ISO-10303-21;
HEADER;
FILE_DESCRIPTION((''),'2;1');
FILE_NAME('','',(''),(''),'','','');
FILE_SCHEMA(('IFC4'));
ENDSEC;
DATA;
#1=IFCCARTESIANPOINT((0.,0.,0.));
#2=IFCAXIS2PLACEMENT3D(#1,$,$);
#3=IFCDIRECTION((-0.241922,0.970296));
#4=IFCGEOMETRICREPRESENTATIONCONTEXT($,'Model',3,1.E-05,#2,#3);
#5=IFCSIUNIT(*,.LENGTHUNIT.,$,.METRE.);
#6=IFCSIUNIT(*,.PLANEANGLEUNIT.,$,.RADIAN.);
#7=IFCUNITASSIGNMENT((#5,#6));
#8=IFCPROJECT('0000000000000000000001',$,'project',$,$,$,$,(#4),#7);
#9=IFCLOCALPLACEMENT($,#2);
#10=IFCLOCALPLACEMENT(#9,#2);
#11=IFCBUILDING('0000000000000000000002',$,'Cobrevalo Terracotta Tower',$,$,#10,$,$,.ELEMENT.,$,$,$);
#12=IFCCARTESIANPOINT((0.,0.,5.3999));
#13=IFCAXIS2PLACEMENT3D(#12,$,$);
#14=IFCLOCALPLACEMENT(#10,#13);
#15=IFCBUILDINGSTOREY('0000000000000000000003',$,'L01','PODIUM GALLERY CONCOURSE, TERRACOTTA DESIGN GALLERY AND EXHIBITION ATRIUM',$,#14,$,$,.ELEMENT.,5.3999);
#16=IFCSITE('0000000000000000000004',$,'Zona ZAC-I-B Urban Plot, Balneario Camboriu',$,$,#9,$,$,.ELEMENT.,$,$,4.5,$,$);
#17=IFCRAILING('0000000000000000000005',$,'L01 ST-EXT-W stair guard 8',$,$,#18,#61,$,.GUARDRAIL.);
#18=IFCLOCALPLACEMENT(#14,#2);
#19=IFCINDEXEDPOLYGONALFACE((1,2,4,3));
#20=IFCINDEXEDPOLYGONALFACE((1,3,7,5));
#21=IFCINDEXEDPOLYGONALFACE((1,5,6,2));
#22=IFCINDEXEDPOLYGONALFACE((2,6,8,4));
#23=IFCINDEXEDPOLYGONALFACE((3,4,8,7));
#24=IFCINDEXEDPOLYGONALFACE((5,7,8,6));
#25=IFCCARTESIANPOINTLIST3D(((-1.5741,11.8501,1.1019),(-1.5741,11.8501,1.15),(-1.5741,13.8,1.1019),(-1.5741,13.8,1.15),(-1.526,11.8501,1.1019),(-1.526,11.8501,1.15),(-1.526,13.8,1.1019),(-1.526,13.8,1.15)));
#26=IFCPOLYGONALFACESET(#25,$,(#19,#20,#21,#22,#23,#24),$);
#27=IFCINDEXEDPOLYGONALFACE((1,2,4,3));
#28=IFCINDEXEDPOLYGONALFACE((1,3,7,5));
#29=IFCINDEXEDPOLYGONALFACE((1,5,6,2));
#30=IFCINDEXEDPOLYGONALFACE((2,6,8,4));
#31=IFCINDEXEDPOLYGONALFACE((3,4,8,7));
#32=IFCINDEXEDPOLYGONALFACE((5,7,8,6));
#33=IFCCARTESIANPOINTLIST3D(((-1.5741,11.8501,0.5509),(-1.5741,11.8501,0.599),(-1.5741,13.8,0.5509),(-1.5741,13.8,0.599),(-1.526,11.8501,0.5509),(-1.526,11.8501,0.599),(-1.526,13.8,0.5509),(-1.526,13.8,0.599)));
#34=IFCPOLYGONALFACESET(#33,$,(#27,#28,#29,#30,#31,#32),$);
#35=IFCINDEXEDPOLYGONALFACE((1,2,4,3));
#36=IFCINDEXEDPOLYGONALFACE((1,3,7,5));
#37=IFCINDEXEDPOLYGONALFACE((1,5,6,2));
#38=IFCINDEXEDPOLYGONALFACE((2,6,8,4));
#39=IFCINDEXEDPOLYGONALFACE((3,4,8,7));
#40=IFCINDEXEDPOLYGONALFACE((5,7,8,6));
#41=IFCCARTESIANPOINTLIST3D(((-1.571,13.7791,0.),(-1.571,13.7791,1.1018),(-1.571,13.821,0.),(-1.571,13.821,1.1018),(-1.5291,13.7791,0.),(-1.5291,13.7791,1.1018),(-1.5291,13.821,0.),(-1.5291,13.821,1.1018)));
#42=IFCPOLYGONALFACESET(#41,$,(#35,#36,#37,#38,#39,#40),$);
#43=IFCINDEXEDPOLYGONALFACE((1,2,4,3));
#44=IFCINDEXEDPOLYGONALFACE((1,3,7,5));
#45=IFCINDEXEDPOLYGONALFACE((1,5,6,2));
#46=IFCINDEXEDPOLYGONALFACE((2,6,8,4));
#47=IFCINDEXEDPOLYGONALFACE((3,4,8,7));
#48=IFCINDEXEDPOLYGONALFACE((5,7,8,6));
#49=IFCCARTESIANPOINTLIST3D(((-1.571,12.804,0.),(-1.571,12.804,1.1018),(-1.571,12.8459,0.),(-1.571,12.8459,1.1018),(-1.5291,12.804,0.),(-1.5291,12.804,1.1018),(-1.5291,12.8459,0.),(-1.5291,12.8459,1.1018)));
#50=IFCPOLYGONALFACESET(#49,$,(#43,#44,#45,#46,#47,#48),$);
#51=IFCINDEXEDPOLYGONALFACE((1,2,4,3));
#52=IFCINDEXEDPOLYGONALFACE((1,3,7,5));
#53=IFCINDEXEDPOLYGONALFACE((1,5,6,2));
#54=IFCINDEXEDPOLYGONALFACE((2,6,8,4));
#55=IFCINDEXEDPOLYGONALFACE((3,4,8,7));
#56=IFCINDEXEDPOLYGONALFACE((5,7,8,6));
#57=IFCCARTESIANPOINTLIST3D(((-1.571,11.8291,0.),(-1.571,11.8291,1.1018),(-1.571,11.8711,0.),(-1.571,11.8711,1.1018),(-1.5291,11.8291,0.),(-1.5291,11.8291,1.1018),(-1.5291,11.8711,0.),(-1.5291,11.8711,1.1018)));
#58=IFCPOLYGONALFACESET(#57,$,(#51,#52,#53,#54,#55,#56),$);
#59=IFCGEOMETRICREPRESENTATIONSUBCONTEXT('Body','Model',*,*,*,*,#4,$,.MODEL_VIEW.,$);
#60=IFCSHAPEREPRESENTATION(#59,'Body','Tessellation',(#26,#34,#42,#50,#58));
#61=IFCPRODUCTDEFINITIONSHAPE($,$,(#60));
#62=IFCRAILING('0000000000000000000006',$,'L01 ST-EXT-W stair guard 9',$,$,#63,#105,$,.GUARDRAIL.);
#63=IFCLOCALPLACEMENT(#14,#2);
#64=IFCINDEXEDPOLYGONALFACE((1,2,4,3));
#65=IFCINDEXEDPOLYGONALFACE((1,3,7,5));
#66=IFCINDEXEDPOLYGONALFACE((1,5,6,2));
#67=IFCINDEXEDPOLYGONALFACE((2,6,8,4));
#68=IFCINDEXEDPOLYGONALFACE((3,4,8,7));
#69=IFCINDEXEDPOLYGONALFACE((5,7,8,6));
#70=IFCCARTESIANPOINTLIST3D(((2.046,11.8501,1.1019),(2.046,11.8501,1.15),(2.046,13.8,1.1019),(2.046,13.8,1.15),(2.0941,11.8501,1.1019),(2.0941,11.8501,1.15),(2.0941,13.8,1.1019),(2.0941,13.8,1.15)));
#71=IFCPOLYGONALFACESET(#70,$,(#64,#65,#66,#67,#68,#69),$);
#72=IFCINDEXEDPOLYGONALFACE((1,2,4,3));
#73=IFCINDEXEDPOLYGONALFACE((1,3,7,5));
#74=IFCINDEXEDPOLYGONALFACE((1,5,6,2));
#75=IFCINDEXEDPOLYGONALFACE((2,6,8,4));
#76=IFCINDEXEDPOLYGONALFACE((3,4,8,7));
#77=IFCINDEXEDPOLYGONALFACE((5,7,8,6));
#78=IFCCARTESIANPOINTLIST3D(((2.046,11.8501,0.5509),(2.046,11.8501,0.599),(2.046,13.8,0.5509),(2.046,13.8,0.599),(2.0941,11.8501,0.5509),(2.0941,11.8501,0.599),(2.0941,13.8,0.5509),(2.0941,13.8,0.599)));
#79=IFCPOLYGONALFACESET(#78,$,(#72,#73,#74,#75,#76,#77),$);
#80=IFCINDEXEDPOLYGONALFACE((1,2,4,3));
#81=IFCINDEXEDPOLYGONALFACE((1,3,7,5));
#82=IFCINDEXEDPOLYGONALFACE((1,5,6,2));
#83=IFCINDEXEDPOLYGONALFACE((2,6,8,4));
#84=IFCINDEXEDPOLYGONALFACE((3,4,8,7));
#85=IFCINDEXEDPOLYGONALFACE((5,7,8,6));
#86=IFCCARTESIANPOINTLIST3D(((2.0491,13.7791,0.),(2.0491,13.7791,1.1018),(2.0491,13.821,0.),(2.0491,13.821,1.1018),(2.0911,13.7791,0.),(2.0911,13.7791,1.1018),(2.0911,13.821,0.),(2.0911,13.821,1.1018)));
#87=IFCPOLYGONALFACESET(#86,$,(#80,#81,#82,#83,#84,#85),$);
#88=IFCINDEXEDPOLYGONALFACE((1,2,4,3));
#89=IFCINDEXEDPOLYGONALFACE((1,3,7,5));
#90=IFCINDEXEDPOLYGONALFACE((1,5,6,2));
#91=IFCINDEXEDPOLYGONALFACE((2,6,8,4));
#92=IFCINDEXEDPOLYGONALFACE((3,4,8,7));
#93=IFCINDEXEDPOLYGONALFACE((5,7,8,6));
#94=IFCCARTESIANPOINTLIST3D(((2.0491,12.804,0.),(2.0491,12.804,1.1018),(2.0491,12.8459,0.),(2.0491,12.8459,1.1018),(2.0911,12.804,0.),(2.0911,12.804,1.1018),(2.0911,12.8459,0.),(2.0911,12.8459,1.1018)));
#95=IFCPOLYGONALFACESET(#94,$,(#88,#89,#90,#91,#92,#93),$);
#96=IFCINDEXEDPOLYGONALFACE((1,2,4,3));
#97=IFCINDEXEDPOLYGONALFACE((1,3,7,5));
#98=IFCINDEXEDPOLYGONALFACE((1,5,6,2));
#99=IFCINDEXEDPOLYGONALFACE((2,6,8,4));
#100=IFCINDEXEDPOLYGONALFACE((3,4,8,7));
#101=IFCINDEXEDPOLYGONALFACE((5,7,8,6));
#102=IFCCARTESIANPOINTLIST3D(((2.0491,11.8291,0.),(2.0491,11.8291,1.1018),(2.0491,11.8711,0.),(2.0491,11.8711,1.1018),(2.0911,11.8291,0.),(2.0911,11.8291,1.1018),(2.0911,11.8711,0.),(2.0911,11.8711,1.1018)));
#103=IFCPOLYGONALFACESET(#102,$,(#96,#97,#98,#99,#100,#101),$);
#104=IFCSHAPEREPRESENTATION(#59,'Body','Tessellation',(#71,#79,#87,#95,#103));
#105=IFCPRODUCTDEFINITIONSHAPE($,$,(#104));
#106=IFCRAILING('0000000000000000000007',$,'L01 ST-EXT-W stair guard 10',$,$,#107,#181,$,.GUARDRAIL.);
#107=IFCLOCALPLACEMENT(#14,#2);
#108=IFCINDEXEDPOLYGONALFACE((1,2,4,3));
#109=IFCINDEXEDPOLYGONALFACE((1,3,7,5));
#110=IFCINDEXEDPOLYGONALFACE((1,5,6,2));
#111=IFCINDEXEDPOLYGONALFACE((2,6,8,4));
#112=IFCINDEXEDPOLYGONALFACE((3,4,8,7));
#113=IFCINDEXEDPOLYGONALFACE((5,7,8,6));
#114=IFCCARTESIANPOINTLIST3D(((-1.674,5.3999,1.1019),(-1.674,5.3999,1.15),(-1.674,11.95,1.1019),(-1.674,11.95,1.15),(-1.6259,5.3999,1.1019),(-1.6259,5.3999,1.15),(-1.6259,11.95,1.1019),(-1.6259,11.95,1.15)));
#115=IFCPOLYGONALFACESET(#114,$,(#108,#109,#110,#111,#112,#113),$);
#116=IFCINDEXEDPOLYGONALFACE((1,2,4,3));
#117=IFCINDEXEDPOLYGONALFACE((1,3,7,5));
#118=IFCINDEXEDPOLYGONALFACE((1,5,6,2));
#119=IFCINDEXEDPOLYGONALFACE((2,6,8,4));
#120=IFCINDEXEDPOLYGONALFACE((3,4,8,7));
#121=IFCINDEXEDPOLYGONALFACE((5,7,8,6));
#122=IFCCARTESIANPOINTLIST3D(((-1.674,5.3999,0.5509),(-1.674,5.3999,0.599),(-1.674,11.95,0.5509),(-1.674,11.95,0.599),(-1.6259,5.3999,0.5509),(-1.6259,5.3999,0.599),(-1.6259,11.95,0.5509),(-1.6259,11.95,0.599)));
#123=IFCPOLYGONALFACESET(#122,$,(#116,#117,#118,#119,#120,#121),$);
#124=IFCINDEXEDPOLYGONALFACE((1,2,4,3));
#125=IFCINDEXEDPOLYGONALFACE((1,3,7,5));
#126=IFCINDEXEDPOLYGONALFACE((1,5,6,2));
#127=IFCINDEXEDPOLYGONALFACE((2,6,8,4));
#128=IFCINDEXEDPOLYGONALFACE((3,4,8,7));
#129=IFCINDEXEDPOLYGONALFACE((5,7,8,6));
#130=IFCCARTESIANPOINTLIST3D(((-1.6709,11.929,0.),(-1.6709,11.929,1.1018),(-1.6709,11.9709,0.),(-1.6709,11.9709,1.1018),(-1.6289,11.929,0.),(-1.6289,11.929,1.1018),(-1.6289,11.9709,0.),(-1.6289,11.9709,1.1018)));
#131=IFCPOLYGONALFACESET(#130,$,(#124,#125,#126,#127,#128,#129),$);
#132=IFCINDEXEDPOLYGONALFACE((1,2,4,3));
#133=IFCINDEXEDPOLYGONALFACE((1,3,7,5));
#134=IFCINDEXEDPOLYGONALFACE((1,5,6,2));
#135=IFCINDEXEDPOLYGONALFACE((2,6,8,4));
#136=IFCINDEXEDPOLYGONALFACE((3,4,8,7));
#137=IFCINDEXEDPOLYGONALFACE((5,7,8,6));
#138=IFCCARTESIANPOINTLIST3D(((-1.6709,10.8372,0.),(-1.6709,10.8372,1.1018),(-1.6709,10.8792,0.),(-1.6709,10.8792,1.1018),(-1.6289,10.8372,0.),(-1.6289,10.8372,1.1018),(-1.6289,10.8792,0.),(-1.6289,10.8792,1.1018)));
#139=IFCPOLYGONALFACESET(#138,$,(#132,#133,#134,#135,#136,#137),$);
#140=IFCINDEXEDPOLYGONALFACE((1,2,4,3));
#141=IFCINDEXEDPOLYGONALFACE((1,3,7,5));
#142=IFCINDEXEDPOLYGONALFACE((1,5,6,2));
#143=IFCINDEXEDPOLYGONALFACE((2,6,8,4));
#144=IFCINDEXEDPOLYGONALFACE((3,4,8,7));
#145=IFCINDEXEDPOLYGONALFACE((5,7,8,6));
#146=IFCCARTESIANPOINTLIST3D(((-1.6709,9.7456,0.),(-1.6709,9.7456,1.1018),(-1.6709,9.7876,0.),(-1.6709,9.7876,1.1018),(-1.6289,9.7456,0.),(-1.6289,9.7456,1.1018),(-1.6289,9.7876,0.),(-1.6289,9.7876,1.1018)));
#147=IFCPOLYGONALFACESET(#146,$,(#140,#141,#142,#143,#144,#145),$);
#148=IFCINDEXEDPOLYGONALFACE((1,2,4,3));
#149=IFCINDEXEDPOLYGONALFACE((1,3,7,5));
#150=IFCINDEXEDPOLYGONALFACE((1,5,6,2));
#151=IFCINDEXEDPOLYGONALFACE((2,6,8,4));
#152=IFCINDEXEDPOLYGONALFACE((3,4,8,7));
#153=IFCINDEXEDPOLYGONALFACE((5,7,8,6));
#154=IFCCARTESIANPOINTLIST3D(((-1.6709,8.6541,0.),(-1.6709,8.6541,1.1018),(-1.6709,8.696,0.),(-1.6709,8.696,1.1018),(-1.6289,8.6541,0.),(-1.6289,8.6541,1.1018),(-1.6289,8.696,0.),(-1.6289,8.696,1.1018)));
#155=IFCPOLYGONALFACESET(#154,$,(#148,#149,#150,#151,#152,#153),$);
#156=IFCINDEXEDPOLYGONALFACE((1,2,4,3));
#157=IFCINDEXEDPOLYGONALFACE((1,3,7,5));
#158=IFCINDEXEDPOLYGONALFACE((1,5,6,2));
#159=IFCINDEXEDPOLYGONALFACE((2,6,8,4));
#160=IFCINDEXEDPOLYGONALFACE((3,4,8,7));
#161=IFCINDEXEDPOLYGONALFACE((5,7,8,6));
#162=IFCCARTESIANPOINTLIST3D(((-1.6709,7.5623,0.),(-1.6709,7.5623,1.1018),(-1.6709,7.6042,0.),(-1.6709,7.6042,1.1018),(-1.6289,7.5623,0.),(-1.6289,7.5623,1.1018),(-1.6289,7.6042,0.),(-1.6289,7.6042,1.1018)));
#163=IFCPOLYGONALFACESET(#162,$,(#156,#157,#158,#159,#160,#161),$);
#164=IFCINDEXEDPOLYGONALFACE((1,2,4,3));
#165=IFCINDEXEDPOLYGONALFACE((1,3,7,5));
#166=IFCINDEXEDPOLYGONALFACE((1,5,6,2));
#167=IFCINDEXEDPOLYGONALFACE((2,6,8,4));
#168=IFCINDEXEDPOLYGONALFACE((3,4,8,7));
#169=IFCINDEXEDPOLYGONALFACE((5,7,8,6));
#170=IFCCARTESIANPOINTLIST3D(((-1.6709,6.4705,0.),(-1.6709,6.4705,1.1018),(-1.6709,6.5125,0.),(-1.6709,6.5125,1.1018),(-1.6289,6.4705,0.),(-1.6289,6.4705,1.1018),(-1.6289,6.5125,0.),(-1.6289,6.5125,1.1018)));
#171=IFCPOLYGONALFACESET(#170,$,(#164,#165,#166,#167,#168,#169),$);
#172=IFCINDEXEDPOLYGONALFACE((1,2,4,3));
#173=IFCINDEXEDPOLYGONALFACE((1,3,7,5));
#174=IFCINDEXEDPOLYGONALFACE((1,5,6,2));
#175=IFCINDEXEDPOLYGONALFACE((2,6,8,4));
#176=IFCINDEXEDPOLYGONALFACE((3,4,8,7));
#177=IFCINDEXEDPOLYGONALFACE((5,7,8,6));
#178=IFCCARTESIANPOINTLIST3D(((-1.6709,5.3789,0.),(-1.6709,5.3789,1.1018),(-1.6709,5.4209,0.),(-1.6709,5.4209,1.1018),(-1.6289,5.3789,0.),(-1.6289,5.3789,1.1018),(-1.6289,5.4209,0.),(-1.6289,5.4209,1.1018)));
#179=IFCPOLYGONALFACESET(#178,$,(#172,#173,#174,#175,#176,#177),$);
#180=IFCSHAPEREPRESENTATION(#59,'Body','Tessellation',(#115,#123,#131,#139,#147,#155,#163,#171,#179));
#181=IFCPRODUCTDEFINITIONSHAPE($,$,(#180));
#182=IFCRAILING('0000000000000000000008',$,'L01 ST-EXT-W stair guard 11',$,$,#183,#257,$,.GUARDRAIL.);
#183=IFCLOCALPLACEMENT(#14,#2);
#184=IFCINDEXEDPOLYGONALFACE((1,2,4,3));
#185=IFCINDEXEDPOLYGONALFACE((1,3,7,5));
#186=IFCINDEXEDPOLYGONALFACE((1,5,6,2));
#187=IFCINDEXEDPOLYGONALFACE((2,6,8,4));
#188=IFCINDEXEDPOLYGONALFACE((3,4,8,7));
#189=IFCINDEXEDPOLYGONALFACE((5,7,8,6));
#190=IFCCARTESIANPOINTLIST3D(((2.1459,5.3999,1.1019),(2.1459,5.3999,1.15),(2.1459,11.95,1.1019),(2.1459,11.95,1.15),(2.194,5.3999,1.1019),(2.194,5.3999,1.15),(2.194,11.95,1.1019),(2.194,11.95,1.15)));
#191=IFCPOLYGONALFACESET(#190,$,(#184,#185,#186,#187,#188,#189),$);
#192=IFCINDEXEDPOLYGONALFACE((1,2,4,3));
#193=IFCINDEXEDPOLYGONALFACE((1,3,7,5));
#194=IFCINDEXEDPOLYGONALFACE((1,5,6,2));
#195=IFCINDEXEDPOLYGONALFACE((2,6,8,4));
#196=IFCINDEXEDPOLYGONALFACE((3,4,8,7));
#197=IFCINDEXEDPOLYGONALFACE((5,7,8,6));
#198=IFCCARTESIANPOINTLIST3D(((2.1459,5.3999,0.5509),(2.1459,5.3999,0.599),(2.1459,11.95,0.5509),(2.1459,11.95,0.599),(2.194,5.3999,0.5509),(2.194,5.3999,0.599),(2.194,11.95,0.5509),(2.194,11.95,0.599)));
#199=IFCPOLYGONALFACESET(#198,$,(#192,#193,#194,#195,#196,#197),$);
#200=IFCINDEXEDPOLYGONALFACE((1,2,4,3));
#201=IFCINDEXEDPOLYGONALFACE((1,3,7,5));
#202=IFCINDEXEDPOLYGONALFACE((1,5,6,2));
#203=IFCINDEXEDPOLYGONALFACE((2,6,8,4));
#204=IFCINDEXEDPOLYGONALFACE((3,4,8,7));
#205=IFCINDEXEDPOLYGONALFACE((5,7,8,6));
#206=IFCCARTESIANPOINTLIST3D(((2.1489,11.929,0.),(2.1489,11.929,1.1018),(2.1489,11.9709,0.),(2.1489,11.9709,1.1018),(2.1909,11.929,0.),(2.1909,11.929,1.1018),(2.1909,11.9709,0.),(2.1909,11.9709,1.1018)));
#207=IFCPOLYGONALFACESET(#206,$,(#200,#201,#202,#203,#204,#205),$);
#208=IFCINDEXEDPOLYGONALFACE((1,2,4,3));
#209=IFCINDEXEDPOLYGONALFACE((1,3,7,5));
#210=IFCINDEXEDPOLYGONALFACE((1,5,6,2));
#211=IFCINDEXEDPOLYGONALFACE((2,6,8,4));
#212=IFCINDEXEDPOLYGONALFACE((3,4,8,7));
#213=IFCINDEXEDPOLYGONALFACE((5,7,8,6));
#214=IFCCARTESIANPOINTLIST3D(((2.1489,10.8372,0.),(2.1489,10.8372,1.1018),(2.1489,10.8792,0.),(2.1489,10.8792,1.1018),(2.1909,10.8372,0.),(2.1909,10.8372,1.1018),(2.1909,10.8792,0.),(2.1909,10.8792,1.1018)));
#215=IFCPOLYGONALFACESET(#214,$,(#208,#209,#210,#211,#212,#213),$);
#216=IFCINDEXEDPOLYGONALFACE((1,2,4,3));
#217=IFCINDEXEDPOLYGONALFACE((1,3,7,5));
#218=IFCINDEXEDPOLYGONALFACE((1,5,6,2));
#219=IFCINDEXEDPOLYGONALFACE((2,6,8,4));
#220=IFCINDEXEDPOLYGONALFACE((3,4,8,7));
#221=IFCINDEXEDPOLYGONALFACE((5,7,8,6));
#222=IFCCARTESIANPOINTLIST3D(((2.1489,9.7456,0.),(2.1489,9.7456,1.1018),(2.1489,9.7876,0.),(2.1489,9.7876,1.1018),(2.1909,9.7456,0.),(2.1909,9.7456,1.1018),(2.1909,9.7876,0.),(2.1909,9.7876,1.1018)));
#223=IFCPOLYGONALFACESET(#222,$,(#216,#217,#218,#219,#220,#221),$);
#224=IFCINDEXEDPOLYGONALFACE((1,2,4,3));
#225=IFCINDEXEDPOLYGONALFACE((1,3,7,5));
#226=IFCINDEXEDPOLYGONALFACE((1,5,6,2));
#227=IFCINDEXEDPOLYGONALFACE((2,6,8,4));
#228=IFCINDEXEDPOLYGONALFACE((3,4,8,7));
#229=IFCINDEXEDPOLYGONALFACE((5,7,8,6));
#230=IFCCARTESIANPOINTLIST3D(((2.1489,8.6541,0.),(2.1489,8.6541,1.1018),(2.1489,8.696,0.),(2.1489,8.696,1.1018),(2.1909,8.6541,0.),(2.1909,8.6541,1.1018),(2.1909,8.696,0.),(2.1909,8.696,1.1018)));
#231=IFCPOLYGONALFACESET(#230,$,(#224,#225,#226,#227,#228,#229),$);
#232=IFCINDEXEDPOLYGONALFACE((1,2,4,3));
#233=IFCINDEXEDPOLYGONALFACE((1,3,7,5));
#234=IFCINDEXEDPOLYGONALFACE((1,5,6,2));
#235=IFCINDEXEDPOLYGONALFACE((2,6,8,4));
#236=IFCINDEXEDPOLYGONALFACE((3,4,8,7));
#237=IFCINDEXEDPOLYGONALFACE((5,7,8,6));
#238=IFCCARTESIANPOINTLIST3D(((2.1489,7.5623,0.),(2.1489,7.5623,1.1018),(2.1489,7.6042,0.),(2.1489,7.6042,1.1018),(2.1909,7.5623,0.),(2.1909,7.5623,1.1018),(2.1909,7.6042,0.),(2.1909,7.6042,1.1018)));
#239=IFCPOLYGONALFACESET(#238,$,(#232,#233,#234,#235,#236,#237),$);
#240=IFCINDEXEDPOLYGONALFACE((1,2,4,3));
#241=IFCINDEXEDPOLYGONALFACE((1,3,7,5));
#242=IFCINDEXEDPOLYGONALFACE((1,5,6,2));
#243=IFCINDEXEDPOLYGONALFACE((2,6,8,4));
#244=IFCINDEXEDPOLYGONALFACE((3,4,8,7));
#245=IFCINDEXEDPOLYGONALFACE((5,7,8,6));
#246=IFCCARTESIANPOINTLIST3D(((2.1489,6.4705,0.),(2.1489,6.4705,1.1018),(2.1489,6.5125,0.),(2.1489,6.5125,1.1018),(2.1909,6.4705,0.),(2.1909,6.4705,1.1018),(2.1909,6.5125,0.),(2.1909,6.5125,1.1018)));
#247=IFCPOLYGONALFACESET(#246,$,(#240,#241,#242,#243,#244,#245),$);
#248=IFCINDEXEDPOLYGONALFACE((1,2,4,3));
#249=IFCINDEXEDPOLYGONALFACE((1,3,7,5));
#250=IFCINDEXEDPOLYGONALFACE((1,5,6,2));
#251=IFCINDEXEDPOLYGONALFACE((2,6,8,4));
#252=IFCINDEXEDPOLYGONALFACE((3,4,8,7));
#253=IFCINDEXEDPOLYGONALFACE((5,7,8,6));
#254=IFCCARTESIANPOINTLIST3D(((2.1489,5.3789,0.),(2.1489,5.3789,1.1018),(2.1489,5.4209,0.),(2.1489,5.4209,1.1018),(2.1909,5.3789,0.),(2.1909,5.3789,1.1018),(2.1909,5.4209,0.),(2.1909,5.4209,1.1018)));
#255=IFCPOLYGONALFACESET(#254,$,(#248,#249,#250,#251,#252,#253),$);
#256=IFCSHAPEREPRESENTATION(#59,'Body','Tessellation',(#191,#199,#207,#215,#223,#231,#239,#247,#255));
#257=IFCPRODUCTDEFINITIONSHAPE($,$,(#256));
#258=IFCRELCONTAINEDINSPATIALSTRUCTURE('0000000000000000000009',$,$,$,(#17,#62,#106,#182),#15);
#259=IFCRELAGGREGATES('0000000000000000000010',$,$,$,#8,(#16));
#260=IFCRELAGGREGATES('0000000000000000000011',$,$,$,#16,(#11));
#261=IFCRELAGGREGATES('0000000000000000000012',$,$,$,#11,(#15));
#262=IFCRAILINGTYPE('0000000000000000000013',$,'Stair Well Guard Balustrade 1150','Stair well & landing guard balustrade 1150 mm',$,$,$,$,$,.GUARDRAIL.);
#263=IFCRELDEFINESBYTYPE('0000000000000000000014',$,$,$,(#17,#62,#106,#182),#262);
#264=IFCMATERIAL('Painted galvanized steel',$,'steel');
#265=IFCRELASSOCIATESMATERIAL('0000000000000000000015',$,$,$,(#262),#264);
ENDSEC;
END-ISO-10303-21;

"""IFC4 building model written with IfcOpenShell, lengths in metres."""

from ifc_helpers import new_model, si_unit, direction, frame, origin, origin_2d, place, context, subcontext, project, spatial, rectangle, extrude, material, type_object, element, save


model = new_model("IFC4")

# Units and contexts
model_context = context("Model", 3, precision=1e-05, world=origin(), true_north=direction((-0.241922, 0.970296)))
body_context = subcontext(model_context, "Body", "Model", "MODEL_VIEW")
ifc_project = project(units=[si_unit("LENGTHUNIT", "METRE"), si_unit("PLANEANGLEUNIT", "RADIAN")], contexts=[model_context])

# Site, building, storey
site_placement = place(None, origin())
site = spatial("IfcSite", under=ifc_project, at=site_placement, Name="Zona ZAC-I-B Urban Plot, Balneario Camboriu", CompositionType="ELEMENT", RefElevation=4.5)
building_placement = place(site_placement, origin())
building = spatial("IfcBuilding", under=site, at=building_placement, Name="Cobrevalo Terracotta Tower", CompositionType="ELEMENT")
storey_placement = place(building_placement, frame((0.0, 0.0, 5.3999)))
storey = spatial("IfcBuildingStorey", under=building, at=storey_placement, Name="L01", Description="PODIUM GALLERY CONCOURSE, TERRACOTTA DESIGN GALLERY AND EXHIBITION ATRIUM", CompositionType="ELEMENT", Elevation=5.3999)

# Railings
ifc_material_1 = material(Name="Painted galvanized steel", Category="steel")
railing_type_1 = type_object("IfcRailingType", Name="Stair Well Guard Balustrade 1150", Description="Stair well & landing guard balustrade 1150 mm", PredefinedType="GUARDRAIL", material=ifc_material_1)
for number, where, name in (
    (1, (-1.55, 13.8, 0.0), "L01 ST-EXT-W stair guard 8"),
    (2, (2.0701, 13.8, 0.0), "L01 ST-EXT-W stair guard 9"),
):
    element("IfcRailing", number, at=place(storey_placement, frame(where)), inside=storey, type_object=railing_type_1, Name=name, PredefinedType="GUARDRAIL", context=body_context, shape_type="SweptSolid", body=[
        extrude(rectangle(XDim=0.0481, YDim=0.0481, at=origin_2d()), frame((0.0, 0.0, 1.126), z_axis=(0.0, -1.0, 0.0), x_axis=(1.0, 0.0, 0.0)), (0.0, 0.0, 1.0), 1.95),
        extrude(rectangle(XDim=0.0481, YDim=0.0481, at=origin_2d()), frame((0.0, 0.0, 0.575), z_axis=(0.0, -1.0, 0.0), x_axis=(1.0, 0.0, 0.0)), (0.0, 0.0, 1.0), 1.95),
        extrude(rectangle(XDim=0.042, YDim=0.042, at=origin_2d()), origin(), (0.0, 0.0, 1.0), 1.1018),
        extrude(rectangle(XDim=0.042, YDim=0.042, at=origin_2d()), frame((0.0, -0.9751, 0.0)), (0.0, 0.0, 1.0), 1.1018),
        extrude(rectangle(XDim=0.042, YDim=0.042, at=origin_2d()), frame((0.0, -1.95, 0.0)), (0.0, 0.0, 1.0), 1.1018),
    ])
for number, where, name in (
    (3, (-1.6499, 11.95, 0.0), "L01 ST-EXT-W stair guard 10"),
    (4, (2.1699, 11.95, 0.0), "L01 ST-EXT-W stair guard 11"),
):
    element("IfcRailing", number, at=place(storey_placement, frame(where)), inside=storey, type_object=railing_type_1, Name=name, PredefinedType="GUARDRAIL", context=body_context, shape_type="SweptSolid", body=[
        extrude(rectangle(XDim=0.0481, YDim=0.0481, at=origin_2d()), frame((0.0, 0.0, 1.126), z_axis=(0.0, -1.0, 0.0), x_axis=(1.0, 0.0, 0.0)), (0.0, 0.0, 1.0), 6.55),
        extrude(rectangle(XDim=0.0481, YDim=0.0481, at=origin_2d()), frame((0.0, 0.0, 0.575), z_axis=(0.0, -1.0, 0.0), x_axis=(1.0, 0.0, 0.0)), (0.0, 0.0, 1.0), 6.55),
        extrude(rectangle(XDim=0.042, YDim=0.042, at=origin_2d()), origin(), (0.0, 0.0, 1.0), 1.1018),
        extrude(rectangle(XDim=0.042, YDim=0.042, at=origin_2d()), frame((0.0, -1.0918, 0.0)), (0.0, 0.0, 1.0), 1.1018),
        extrude(rectangle(XDim=0.042, YDim=0.042, at=origin_2d()), frame((0.0, -2.1833, 0.0)), (0.0, 0.0, 1.0), 1.1018),
        extrude(rectangle(XDim=0.042, YDim=0.042, at=origin_2d()), frame((0.0, -3.2749, 0.0)), (0.0, 0.0, 1.0), 1.1018),
        extrude(rectangle(XDim=0.042, YDim=0.042, at=origin_2d()), frame((0.0, -4.3667, 0.0)), (0.0, 0.0, 1.0), 1.1018),
        extrude(rectangle(XDim=0.042, YDim=0.042, at=origin_2d()), frame((0.0, -5.4585, 0.0)), (0.0, 0.0, 1.0), 1.1018),
        extrude(rectangle(XDim=0.042, YDim=0.042, at=origin_2d()), frame((0.0, -6.55, 0.0)), (0.0, 0.0, 1.0), 1.1018),
    ])

save(model, "model.ifc")
